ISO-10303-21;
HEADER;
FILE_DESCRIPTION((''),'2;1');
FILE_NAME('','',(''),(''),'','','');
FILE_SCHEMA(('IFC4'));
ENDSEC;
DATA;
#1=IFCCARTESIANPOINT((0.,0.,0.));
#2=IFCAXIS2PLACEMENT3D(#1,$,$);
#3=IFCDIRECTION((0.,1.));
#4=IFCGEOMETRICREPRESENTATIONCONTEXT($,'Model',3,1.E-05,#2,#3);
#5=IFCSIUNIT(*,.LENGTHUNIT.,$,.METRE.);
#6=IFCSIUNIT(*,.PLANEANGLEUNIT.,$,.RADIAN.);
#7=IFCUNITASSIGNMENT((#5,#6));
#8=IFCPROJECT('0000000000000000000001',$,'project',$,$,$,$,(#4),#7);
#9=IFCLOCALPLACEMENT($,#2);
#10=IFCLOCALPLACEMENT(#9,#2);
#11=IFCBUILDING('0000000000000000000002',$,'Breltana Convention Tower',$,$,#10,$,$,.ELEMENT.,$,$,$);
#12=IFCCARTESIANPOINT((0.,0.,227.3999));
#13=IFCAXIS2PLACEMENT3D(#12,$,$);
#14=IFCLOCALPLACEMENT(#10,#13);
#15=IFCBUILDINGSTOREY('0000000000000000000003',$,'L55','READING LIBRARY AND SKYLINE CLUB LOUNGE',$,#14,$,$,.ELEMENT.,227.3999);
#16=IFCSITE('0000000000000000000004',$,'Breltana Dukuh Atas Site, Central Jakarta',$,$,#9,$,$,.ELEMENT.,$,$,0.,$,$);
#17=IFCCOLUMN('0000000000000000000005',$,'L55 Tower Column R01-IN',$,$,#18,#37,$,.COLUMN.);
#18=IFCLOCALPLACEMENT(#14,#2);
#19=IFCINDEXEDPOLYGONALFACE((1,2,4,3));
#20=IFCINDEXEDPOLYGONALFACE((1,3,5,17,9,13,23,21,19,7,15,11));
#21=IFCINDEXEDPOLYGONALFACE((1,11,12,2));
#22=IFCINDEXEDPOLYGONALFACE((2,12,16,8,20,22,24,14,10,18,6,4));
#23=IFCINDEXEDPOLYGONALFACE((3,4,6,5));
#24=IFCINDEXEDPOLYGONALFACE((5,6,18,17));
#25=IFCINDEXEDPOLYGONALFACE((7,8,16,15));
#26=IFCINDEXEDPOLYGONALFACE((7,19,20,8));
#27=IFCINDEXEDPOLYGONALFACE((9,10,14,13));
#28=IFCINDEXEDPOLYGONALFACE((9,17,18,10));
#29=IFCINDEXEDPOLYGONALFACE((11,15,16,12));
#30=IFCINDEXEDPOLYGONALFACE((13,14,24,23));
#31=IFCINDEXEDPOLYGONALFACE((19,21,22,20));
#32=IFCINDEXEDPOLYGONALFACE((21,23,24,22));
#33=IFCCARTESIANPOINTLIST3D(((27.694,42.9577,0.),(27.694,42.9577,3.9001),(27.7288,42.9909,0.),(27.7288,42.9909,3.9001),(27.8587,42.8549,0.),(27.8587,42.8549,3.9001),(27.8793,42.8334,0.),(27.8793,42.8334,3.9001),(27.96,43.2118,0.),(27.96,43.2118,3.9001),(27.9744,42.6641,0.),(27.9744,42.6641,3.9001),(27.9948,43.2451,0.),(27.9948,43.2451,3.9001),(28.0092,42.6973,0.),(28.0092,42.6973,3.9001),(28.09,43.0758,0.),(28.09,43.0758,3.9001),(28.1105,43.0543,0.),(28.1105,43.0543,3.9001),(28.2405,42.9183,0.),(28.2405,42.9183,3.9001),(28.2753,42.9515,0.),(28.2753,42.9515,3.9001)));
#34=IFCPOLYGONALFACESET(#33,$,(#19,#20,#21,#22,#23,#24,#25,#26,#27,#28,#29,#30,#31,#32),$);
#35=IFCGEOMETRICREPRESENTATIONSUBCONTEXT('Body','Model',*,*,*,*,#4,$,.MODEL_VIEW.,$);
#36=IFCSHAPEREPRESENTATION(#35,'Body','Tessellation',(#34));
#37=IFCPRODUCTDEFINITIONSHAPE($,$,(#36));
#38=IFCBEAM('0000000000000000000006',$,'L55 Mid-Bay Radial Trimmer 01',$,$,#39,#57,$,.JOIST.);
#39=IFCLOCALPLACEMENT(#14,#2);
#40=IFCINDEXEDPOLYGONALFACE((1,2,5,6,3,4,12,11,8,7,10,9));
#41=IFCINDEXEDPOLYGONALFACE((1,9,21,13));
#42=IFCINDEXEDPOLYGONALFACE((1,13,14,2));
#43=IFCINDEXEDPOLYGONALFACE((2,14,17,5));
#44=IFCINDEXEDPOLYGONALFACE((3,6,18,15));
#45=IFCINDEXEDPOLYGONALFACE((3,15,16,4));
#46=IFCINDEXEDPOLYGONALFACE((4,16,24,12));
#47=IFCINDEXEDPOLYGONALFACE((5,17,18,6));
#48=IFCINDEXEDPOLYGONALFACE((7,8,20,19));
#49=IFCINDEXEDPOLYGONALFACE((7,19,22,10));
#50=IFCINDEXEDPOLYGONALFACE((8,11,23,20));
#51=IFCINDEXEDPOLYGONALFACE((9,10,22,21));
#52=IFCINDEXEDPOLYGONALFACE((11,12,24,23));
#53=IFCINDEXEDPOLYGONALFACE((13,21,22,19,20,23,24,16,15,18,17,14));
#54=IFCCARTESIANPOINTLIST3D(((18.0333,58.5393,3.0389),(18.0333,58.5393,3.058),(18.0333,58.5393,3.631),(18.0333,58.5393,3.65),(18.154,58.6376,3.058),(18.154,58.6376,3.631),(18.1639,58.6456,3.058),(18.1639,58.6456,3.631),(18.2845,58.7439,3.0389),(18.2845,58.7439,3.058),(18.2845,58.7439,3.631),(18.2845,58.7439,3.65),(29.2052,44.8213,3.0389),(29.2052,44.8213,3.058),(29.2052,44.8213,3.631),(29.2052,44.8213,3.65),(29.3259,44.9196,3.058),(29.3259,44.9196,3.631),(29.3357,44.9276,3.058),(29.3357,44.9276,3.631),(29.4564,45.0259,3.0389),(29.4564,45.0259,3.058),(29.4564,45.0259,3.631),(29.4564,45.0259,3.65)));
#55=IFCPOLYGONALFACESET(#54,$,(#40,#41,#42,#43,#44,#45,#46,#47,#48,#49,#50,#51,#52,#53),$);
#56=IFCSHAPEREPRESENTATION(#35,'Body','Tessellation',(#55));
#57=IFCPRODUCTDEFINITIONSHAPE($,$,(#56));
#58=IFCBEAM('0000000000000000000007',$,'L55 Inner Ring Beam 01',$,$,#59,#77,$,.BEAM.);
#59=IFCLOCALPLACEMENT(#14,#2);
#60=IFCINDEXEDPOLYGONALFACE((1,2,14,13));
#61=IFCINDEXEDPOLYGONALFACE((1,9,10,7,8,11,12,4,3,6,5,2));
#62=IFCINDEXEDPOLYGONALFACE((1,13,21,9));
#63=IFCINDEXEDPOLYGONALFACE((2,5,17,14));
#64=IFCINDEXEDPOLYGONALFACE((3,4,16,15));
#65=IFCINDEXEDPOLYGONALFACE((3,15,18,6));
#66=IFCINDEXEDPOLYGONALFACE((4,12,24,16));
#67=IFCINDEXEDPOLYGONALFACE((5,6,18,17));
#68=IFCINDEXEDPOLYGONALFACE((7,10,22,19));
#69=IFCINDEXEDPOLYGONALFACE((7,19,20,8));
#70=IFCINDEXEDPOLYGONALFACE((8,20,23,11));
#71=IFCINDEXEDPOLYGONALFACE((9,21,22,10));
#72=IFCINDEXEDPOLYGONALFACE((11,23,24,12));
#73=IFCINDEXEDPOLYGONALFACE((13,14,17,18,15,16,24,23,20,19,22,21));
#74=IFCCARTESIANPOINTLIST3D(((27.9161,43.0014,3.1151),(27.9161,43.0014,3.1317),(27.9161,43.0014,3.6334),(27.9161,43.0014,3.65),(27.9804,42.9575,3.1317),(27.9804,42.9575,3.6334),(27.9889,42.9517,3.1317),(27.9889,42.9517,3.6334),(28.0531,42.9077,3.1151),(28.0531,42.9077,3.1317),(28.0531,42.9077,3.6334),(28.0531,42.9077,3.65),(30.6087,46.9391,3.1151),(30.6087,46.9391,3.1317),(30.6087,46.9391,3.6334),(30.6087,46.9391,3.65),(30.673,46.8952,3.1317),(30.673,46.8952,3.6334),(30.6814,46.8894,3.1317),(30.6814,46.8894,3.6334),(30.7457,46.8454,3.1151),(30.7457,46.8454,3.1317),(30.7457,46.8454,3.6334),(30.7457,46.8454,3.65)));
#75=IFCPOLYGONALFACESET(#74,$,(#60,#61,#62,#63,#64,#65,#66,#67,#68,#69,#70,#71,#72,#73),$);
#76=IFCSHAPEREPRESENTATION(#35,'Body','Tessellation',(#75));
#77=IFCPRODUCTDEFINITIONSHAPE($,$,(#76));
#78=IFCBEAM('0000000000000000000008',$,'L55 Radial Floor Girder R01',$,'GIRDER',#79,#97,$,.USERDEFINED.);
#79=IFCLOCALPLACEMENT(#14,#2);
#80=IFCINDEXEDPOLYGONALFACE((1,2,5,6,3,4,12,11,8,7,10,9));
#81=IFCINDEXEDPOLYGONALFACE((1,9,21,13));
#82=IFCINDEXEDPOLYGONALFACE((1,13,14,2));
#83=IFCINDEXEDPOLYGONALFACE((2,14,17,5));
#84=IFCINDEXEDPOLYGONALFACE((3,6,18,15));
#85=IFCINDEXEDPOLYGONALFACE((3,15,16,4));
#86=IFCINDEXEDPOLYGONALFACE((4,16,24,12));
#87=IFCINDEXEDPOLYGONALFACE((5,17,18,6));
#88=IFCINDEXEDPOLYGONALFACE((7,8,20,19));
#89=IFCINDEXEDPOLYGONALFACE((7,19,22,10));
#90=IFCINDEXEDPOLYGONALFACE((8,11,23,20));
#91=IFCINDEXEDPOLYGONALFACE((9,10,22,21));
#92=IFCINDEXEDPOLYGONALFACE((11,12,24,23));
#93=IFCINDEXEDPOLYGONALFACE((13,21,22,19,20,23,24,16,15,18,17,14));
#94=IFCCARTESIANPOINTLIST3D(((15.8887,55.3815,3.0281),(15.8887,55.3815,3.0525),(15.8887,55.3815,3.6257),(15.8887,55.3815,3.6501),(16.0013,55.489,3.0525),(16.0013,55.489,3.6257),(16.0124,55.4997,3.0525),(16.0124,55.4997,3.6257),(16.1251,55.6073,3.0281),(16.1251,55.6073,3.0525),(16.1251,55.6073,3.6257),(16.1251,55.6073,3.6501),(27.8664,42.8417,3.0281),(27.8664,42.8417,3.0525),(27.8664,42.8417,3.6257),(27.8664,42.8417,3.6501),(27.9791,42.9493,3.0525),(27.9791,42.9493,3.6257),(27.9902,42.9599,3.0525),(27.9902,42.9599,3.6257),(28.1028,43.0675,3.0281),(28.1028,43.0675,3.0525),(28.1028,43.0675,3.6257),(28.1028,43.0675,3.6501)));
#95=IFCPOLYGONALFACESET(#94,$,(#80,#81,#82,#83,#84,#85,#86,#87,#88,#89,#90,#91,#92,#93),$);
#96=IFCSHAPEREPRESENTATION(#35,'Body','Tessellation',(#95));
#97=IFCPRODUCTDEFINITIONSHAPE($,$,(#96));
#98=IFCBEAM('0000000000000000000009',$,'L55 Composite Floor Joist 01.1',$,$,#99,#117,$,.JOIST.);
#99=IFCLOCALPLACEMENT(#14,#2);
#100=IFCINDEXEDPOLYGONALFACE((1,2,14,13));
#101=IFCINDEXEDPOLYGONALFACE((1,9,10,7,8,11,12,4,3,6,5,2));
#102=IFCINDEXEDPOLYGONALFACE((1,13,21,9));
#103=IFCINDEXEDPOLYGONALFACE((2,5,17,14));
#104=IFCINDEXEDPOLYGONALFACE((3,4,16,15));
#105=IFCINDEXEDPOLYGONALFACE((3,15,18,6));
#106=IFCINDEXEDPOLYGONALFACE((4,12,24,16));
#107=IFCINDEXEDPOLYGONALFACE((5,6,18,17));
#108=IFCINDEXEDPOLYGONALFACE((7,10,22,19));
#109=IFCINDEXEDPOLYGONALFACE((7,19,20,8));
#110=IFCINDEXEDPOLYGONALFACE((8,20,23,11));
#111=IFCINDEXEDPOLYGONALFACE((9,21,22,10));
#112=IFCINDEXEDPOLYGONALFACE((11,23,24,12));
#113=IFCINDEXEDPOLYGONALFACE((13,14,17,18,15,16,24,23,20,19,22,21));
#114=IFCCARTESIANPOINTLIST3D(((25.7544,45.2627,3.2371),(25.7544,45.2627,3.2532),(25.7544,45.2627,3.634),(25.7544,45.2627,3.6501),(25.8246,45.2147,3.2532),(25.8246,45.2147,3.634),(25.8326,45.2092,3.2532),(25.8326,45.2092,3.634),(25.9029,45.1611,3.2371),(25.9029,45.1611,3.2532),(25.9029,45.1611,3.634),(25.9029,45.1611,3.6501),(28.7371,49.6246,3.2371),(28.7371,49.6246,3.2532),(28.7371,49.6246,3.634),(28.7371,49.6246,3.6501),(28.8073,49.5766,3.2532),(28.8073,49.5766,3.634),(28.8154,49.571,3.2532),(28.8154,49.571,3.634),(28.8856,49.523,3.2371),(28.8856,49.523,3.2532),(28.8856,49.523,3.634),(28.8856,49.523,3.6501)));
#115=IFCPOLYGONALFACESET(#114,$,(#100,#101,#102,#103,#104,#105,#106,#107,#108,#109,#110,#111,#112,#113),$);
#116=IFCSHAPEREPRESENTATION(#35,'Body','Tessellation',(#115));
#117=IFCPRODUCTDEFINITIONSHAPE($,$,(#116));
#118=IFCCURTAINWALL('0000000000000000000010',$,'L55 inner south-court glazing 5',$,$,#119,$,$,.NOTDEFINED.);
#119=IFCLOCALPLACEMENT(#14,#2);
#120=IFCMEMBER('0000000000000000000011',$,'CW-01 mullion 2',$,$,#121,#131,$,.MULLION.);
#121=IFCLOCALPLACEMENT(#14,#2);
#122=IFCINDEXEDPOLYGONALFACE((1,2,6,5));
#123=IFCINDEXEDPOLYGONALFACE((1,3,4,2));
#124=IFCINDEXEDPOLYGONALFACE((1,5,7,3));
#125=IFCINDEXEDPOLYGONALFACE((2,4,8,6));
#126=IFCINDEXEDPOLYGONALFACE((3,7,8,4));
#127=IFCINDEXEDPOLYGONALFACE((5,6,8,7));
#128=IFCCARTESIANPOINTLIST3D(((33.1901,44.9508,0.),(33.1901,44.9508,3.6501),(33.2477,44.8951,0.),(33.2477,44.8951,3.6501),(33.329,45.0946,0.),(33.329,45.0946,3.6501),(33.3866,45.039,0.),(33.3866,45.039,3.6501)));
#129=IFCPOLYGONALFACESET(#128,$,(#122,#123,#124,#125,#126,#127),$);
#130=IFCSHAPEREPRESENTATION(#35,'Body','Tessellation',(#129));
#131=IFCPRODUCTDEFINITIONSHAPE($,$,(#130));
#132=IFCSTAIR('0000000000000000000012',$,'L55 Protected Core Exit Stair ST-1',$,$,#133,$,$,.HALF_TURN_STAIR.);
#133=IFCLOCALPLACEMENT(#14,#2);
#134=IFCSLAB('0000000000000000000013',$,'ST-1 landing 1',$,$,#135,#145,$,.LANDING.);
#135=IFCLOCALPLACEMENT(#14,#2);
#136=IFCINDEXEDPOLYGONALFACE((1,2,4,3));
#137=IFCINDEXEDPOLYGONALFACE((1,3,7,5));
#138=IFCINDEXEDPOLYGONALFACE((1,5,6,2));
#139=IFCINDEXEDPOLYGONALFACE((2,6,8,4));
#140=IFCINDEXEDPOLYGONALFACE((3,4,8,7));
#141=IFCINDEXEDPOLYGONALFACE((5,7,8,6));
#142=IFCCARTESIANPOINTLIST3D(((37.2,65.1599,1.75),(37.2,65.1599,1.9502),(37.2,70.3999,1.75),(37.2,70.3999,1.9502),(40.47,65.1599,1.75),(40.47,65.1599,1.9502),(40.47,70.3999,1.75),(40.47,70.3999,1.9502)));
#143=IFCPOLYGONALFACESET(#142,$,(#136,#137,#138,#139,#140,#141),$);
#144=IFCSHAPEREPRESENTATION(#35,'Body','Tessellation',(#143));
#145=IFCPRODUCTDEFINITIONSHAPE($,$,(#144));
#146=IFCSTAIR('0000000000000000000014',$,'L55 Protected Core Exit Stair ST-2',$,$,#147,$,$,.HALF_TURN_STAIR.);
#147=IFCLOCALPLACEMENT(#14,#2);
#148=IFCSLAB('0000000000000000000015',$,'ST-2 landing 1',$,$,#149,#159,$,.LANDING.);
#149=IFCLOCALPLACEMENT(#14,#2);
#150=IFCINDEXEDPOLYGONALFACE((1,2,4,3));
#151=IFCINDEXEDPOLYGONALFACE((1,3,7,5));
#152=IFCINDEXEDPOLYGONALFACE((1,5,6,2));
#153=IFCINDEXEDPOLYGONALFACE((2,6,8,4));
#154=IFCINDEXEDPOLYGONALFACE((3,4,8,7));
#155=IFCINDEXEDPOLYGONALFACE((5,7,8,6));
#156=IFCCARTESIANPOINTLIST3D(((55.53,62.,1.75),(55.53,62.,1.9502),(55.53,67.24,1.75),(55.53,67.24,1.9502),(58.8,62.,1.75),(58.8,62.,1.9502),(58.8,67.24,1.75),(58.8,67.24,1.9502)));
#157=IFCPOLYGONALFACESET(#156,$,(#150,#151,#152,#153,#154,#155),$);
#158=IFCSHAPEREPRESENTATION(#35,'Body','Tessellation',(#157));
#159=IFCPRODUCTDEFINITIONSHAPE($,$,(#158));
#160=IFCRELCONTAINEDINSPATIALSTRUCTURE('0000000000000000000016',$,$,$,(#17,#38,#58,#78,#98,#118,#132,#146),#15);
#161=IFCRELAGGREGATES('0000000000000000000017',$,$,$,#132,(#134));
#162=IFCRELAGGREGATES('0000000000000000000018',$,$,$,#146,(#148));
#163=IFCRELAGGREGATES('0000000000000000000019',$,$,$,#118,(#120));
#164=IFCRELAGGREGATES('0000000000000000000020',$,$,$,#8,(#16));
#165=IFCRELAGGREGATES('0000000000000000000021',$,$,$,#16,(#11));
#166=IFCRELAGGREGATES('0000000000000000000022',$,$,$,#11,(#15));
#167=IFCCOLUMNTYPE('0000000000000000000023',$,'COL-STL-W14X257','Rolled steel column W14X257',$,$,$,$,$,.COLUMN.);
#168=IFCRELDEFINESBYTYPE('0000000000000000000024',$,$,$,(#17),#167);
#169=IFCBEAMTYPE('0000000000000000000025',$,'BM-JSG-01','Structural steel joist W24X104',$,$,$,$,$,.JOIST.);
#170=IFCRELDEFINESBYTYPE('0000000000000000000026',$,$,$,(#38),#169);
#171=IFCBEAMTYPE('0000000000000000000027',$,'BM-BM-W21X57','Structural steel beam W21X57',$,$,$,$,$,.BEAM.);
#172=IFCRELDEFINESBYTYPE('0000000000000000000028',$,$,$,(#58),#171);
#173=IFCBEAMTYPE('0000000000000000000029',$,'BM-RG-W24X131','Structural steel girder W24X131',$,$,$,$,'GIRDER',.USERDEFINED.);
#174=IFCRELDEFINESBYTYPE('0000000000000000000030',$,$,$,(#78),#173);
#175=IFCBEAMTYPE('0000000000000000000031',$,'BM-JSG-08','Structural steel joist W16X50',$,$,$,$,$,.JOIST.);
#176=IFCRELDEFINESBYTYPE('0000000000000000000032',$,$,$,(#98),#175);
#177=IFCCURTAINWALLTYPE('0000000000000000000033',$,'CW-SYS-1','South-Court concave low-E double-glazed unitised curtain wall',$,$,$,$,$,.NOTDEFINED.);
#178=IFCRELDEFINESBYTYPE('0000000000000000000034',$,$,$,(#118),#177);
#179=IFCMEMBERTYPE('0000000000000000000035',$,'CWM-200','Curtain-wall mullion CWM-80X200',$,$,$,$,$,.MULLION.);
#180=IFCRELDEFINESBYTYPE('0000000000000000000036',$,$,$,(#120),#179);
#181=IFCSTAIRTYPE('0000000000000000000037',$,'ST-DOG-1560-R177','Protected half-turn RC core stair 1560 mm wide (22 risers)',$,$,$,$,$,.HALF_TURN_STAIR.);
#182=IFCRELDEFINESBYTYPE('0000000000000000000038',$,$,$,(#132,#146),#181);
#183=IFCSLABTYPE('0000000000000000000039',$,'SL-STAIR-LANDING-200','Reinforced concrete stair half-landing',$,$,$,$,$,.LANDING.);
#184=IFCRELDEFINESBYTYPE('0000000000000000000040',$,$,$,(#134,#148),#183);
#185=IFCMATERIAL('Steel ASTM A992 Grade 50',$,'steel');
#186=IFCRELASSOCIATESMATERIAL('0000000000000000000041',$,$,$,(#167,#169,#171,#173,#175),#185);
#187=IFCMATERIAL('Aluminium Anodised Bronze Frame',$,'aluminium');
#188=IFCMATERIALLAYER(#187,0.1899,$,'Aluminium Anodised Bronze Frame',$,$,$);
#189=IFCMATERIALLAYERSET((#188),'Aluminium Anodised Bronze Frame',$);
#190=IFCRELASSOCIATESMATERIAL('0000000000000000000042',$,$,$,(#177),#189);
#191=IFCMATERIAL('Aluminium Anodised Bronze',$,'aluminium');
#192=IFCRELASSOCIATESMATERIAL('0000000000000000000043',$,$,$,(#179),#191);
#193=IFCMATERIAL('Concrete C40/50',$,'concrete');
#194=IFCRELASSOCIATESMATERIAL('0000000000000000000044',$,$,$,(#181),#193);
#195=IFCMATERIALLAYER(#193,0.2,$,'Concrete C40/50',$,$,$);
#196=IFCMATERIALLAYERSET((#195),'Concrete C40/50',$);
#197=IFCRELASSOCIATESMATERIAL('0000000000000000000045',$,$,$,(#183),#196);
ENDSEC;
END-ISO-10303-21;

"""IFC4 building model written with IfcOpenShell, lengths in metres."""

from ifc_helpers import new_model, si_unit, direction, frame, origin, origin_2d, place, context, subcontext, project, spatial, polyline, rectangle, i_section, outline, extrude, source, transform, mapped, material, layer, layer_set, material_profile, profile_set, type_object, type_shapes, element, aggregate, save


model = new_model("IFC4")

# Units and contexts
model_context = context("Model", 3, precision=1e-05, world=origin(), true_north=direction((0.0, 1.0)))
body_context = subcontext(model_context, "Body", "Model", "MODEL_VIEW")
ifc_project = project(units=[si_unit("LENGTHUNIT", "METRE"), si_unit("PLANEANGLEUNIT", "RADIAN")], contexts=[model_context])

# Site, building, storey
site_placement = place(None, origin())
site = spatial("IfcSite", under=ifc_project, at=site_placement, Name="Breltana Dukuh Atas Site, Central Jakarta", CompositionType="ELEMENT", RefElevation=0.0)
building_placement = place(site_placement, origin())
building = spatial("IfcBuilding", under=site, at=building_placement, Name="Breltana Convention Tower", CompositionType="ELEMENT")
storey_placement = place(building_placement, frame((0.0, 0.0, 227.3999)))
storey = spatial("IfcBuildingStorey", under=building, at=storey_placement, Name="L55", Description="READING LIBRARY AND SKYLINE CLUB LOUNGE", CompositionType="ELEMENT", Elevation=227.3999)

# Column
ifc_material_1 = material(Name="Steel ASTM A992 Grade 50", Category="steel")
ifc_material_profile_1 = material_profile(ifc_material_1, i_section(OverallWidth=0.406, OverallDepth=0.416, WebThickness=0.0298, FlangeThickness=0.0481, at=origin_2d()), Name="W14X257")
ifc_profile_set_1 = profile_set([ifc_material_profile_1], Name="Steel ASTM A992 Grade 50")
column_type = type_object("IfcColumnType", Name="COL-STL-W14X257", Description="Rolled steel column W14X257", PredefinedType="COLUMN", material=ifc_profile_set_1)
shared_shape_1 = source(origin(), body_context, "Body", "SweptSolid", [
    extrude(i_section(OverallWidth=0.406, OverallDepth=0.416, WebThickness=0.0298, FlangeThickness=0.0481, at=origin_2d()), origin(), (0.0, 0.0, 1.0), 3.9001),
])
column_placement = place(storey_placement, frame((27.9846, 42.9546, 0.0), z_axis=(0.0, 0.0, 1.0), x_axis=(-0.690756, 0.723088, 0.0)))
element("IfcColumn", 1, at=column_placement, inside=storey, type_object=column_type, Name="L55 Tower Column R01-IN", PredefinedType="COLUMN", context=body_context, shape_type="MappedRepresentation", body=[
    mapped(shared_shape_1, transform((0.0, 0.0, 0.0), scale=1.0)),
])

# Beams
ifc_material_profile_2 = material_profile(ifc_material_1, i_section(OverallWidth=0.324, OverallDepth=0.6111, WebThickness=0.0127, FlangeThickness=0.019, at=origin_2d()), Name="W24X104")
ifc_profile_set_2 = profile_set([ifc_material_profile_2], Name="Steel ASTM A992 Grade 50")
beam_type_1 = type_object("IfcBeamType", Name="BM-JSG-01", Description="Structural steel joist W24X104", PredefinedType="JOIST", material=ifc_profile_set_2)
shared_shape_2 = source(origin(), body_context, "Body", "SweptSolid", [
    extrude(i_section(OverallWidth=0.324, OverallDepth=0.6111, WebThickness=0.0127, FlangeThickness=0.019, at=origin_2d()), origin(), (0.0, 0.0, 1.0), 17.6917),
])
type_shapes(beam_type_1, [shared_shape_2])
beam_1_placement = place(storey_placement, frame((29.3308, 44.9236, 3.3445), z_axis=(-0.631477, 0.775395, 0.0), x_axis=(-0.775395, -0.631477, 0.0)))
element("IfcBeam", 2, at=beam_1_placement, inside=storey, type_object=beam_type_1, Name="L55 Mid-Bay Radial Trimmer 01", PredefinedType="JOIST", context=body_context, shape_type="MappedRepresentation", body=[
    mapped(shared_shape_2, transform((0.0, 0.0, 0.0), scale=1.0)),
])
ifc_material_profile_3 = material_profile(ifc_material_1, i_section(OverallWidth=0.166, OverallDepth=0.5349, WebThickness=0.0103, FlangeThickness=0.0166, at=origin_2d()), Name="W21X57")
ifc_profile_set_3 = profile_set([ifc_material_profile_3], Name="Steel ASTM A992 Grade 50")
beam_type_2 = type_object("IfcBeamType", Name="BM-BM-W21X57", Description="Structural steel beam W21X57", PredefinedType="BEAM", material=ifc_profile_set_3)
shared_shape_3 = source(origin(), body_context, "Body", "SweptSolid", [
    extrude(i_section(OverallWidth=0.166, OverallDepth=0.5349, WebThickness=0.0103, FlangeThickness=0.0166, at=origin_2d()), origin(), (0.0, 0.0, 1.0), 4.7703),
])
beam_2_placement = place(storey_placement, frame((27.9846, 42.9546, 3.3826), z_axis=(0.564453, 0.825465, 0.0), x_axis=(-0.825465, 0.564453, 0.0)))
element("IfcBeam", 3, at=beam_2_placement, inside=storey, type_object=beam_type_2, Name="L55 Inner Ring Beam 01", PredefinedType="BEAM", context=body_context, shape_type="MappedRepresentation", body=[
    mapped(shared_shape_3, transform((0.0, 0.0, 0.0), scale=1.0)),
])
ifc_material_profile_4 = material_profile(ifc_material_1, i_section(OverallWidth=0.3269, OverallDepth=0.6221, WebThickness=0.0154, FlangeThickness=0.0244, at=origin_2d()), Name="W24X131")
ifc_profile_set_4 = profile_set([ifc_material_profile_4], Name="Steel ASTM A992 Grade 50")
beam_type_3 = type_object("IfcBeamType", Name="BM-RG-W24X131", Description="Structural steel girder W24X131", ElementType="GIRDER", PredefinedType="USERDEFINED", material=ifc_profile_set_4)
shared_shape_4 = source(origin(), body_context, "Body", "SweptSolid", [
    extrude(i_section(OverallWidth=0.3269, OverallDepth=0.6221, WebThickness=0.0154, FlangeThickness=0.0244, at=origin_2d()), origin(), (0.0, 0.0, 1.0), 17.3411),
])
type_shapes(beam_type_3, [shared_shape_4])
beam_3_placement = place(storey_placement, frame((27.9846, 42.9546, 3.3391), z_axis=(-0.690716, 0.723126, 0.0), x_axis=(-0.723126, -0.690716, 0.0)))
element("IfcBeam", 4, at=beam_3_placement, inside=storey, type_object=beam_type_3, Name="L55 Radial Floor Girder R01", ObjectType="GIRDER", PredefinedType="USERDEFINED", context=body_context, shape_type="MappedRepresentation", body=[
    mapped(shared_shape_4, transform((0.0, 0.0, 0.0), scale=1.0)),
])
ifc_material_profile_5 = material_profile(ifc_material_1, i_section(OverallWidth=0.1799, OverallDepth=0.4131, WebThickness=0.0098, FlangeThickness=0.0161, at=origin_2d()), Name="W16X50")
ifc_profile_set_5 = profile_set([ifc_material_profile_5], Name="Steel ASTM A992 Grade 50")
beam_type_4 = type_object("IfcBeamType", Name="BM-JSG-08", Description="Structural steel joist W16X50", PredefinedType="JOIST", material=ifc_profile_set_5)
shared_shape_5 = source(origin(), body_context, "Body", "SweptSolid", [
    extrude(i_section(OverallWidth=0.1799, OverallDepth=0.4131, WebThickness=0.0098, FlangeThickness=0.0161, at=origin_2d()), origin(), (0.0, 0.0, 1.0), 5.2842),
])
beam_4_placement = place(storey_placement, frame((25.8286, 45.2119, 3.4436), z_axis=(0.56446, 0.82546, 0.0), x_axis=(-0.82546, 0.56446, 0.0)))
element("IfcBeam", 5, at=beam_4_placement, inside=storey, type_object=beam_type_4, Name="L55 Composite Floor Joist 01.1", PredefinedType="JOIST", context=body_context, shape_type="MappedRepresentation", body=[
    mapped(shared_shape_5, transform((0.0, 0.0, 0.0), scale=1.0)),
])

# Curtain wall, member
ifc_material_2 = material(Name="Aluminium Anodised Bronze Frame", Category="aluminium")
ifc_layer_1 = layer(ifc_material_2, 0.1899, Name="Aluminium Anodised Bronze Frame")
ifc_layer_set_1 = layer_set([ifc_layer_1], Name="Aluminium Anodised Bronze Frame")
curtain_wall_type = type_object("IfcCurtainWallType", Name="CW-SYS-1", Description="South-Court concave low-E double-glazed unitised curtain wall", PredefinedType="NOTDEFINED", material=ifc_layer_set_1)
curtain_wall_placement = place(storey_placement, origin())
curtain_wall = element("IfcCurtainWall", 6, at=curtain_wall_placement, inside=storey, type_object=curtain_wall_type, Name="L55 inner south-court glazing 5", PredefinedType="NOTDEFINED")
ifc_material_3 = material(Name="Aluminium Anodised Bronze", Category="aluminium")
ifc_material_profile_6 = material_profile(ifc_material_3, rectangle(XDim=0.0801, YDim=0.2, at=origin_2d()), Name="CWM-80X200")
ifc_profile_set_6 = profile_set([ifc_material_profile_6], Name="Aluminium Anodised Bronze")
member_type = type_object("IfcMemberType", Name="CWM-200", Description="Curtain-wall mullion CWM-80X200", PredefinedType="MULLION", material=ifc_profile_set_6)
shared_shape_6 = source(origin(), body_context, "Body", "SweptSolid", [
    extrude(rectangle(XDim=0.0801, YDim=0.2, at=origin_2d()), origin(), (0.0, 0.0, 1.0), 3.6501),
])
member_placement = place(storey_placement, frame((33.2883, 44.9949, 0.0), z_axis=(0.0, 0.0, 1.0), x_axis=(0.719366, -0.694632, 0.0)))
member = element("IfcMember", 7, at=member_placement, type_object=member_type, Name="CW-01 mullion 2", PredefinedType="MULLION", context=body_context, shape_type="MappedRepresentation", body=[
    mapped(shared_shape_6, transform((0.0, 0.0, 0.0), scale=1.0)),
])

# Stairs, slabs
ifc_material_4 = material(Name="Concrete C40/50", Category="concrete")
stair_type = type_object("IfcStairType", Name="ST-DOG-1560-R177", Description="Protected half-turn RC core stair 1560 mm wide (22 risers)", PredefinedType="HALF_TURN_STAIR", material=ifc_material_4)
stair_1_placement = place(storey_placement, origin())
stair_1 = element("IfcStair", 8, at=stair_1_placement, inside=storey, type_object=stair_type, Name="L55 Protected Core Exit Stair ST-1", PredefinedType="HALF_TURN_STAIR")
ifc_layer_2 = layer(ifc_material_4, 0.2, Name="Concrete C40/50")
ifc_layer_set_2 = layer_set([ifc_layer_2], Name="Concrete C40/50")
slab_type_1 = type_object("IfcSlabType", Name="SL-STAIR-LANDING-200", Description="Reinforced concrete stair half-landing", PredefinedType="LANDING", material=ifc_layer_set_2)
slab_1_placement = place(storey_placement, frame((0.0, 0.0, 1.75)))
slab_1 = element("IfcSlab", 9, at=slab_1_placement, type_object=slab_type_1, Name="ST-1 landing 1", PredefinedType="LANDING", context=body_context, shape_type="SweptSolid", body=[
    extrude(outline(polyline([(40.47, 65.1599), (40.47, 70.3999), (37.2, 70.3999), (37.2, 65.1599), (40.47, 65.1599)])), origin(), (0.0, 0.0, 1.0), 0.2002),
])
aggregate(stair_1, [slab_1])
stair_2_placement = place(storey_placement, origin())
stair_2 = element("IfcStair", 10, at=stair_2_placement, inside=storey, type_object=stair_type, Name="L55 Protected Core Exit Stair ST-2", PredefinedType="HALF_TURN_STAIR")
slab_2_placement = place(storey_placement, frame((0.0, 0.0, 1.75)))
slab_2 = element("IfcSlab", 11, at=slab_2_placement, type_object=slab_type_1, Name="ST-2 landing 1", PredefinedType="LANDING", context=body_context, shape_type="SweptSolid", body=[
    extrude(outline(polyline([(55.53, 67.24), (55.53, 62.0), (58.8, 62.0), (58.8, 67.24), (55.53, 67.24)])), origin(), (0.0, 0.0, 1.0), 0.2002),
])
aggregate(stair_2, [slab_2])

aggregate(curtain_wall, [member])

save(model, "model.ifc")
